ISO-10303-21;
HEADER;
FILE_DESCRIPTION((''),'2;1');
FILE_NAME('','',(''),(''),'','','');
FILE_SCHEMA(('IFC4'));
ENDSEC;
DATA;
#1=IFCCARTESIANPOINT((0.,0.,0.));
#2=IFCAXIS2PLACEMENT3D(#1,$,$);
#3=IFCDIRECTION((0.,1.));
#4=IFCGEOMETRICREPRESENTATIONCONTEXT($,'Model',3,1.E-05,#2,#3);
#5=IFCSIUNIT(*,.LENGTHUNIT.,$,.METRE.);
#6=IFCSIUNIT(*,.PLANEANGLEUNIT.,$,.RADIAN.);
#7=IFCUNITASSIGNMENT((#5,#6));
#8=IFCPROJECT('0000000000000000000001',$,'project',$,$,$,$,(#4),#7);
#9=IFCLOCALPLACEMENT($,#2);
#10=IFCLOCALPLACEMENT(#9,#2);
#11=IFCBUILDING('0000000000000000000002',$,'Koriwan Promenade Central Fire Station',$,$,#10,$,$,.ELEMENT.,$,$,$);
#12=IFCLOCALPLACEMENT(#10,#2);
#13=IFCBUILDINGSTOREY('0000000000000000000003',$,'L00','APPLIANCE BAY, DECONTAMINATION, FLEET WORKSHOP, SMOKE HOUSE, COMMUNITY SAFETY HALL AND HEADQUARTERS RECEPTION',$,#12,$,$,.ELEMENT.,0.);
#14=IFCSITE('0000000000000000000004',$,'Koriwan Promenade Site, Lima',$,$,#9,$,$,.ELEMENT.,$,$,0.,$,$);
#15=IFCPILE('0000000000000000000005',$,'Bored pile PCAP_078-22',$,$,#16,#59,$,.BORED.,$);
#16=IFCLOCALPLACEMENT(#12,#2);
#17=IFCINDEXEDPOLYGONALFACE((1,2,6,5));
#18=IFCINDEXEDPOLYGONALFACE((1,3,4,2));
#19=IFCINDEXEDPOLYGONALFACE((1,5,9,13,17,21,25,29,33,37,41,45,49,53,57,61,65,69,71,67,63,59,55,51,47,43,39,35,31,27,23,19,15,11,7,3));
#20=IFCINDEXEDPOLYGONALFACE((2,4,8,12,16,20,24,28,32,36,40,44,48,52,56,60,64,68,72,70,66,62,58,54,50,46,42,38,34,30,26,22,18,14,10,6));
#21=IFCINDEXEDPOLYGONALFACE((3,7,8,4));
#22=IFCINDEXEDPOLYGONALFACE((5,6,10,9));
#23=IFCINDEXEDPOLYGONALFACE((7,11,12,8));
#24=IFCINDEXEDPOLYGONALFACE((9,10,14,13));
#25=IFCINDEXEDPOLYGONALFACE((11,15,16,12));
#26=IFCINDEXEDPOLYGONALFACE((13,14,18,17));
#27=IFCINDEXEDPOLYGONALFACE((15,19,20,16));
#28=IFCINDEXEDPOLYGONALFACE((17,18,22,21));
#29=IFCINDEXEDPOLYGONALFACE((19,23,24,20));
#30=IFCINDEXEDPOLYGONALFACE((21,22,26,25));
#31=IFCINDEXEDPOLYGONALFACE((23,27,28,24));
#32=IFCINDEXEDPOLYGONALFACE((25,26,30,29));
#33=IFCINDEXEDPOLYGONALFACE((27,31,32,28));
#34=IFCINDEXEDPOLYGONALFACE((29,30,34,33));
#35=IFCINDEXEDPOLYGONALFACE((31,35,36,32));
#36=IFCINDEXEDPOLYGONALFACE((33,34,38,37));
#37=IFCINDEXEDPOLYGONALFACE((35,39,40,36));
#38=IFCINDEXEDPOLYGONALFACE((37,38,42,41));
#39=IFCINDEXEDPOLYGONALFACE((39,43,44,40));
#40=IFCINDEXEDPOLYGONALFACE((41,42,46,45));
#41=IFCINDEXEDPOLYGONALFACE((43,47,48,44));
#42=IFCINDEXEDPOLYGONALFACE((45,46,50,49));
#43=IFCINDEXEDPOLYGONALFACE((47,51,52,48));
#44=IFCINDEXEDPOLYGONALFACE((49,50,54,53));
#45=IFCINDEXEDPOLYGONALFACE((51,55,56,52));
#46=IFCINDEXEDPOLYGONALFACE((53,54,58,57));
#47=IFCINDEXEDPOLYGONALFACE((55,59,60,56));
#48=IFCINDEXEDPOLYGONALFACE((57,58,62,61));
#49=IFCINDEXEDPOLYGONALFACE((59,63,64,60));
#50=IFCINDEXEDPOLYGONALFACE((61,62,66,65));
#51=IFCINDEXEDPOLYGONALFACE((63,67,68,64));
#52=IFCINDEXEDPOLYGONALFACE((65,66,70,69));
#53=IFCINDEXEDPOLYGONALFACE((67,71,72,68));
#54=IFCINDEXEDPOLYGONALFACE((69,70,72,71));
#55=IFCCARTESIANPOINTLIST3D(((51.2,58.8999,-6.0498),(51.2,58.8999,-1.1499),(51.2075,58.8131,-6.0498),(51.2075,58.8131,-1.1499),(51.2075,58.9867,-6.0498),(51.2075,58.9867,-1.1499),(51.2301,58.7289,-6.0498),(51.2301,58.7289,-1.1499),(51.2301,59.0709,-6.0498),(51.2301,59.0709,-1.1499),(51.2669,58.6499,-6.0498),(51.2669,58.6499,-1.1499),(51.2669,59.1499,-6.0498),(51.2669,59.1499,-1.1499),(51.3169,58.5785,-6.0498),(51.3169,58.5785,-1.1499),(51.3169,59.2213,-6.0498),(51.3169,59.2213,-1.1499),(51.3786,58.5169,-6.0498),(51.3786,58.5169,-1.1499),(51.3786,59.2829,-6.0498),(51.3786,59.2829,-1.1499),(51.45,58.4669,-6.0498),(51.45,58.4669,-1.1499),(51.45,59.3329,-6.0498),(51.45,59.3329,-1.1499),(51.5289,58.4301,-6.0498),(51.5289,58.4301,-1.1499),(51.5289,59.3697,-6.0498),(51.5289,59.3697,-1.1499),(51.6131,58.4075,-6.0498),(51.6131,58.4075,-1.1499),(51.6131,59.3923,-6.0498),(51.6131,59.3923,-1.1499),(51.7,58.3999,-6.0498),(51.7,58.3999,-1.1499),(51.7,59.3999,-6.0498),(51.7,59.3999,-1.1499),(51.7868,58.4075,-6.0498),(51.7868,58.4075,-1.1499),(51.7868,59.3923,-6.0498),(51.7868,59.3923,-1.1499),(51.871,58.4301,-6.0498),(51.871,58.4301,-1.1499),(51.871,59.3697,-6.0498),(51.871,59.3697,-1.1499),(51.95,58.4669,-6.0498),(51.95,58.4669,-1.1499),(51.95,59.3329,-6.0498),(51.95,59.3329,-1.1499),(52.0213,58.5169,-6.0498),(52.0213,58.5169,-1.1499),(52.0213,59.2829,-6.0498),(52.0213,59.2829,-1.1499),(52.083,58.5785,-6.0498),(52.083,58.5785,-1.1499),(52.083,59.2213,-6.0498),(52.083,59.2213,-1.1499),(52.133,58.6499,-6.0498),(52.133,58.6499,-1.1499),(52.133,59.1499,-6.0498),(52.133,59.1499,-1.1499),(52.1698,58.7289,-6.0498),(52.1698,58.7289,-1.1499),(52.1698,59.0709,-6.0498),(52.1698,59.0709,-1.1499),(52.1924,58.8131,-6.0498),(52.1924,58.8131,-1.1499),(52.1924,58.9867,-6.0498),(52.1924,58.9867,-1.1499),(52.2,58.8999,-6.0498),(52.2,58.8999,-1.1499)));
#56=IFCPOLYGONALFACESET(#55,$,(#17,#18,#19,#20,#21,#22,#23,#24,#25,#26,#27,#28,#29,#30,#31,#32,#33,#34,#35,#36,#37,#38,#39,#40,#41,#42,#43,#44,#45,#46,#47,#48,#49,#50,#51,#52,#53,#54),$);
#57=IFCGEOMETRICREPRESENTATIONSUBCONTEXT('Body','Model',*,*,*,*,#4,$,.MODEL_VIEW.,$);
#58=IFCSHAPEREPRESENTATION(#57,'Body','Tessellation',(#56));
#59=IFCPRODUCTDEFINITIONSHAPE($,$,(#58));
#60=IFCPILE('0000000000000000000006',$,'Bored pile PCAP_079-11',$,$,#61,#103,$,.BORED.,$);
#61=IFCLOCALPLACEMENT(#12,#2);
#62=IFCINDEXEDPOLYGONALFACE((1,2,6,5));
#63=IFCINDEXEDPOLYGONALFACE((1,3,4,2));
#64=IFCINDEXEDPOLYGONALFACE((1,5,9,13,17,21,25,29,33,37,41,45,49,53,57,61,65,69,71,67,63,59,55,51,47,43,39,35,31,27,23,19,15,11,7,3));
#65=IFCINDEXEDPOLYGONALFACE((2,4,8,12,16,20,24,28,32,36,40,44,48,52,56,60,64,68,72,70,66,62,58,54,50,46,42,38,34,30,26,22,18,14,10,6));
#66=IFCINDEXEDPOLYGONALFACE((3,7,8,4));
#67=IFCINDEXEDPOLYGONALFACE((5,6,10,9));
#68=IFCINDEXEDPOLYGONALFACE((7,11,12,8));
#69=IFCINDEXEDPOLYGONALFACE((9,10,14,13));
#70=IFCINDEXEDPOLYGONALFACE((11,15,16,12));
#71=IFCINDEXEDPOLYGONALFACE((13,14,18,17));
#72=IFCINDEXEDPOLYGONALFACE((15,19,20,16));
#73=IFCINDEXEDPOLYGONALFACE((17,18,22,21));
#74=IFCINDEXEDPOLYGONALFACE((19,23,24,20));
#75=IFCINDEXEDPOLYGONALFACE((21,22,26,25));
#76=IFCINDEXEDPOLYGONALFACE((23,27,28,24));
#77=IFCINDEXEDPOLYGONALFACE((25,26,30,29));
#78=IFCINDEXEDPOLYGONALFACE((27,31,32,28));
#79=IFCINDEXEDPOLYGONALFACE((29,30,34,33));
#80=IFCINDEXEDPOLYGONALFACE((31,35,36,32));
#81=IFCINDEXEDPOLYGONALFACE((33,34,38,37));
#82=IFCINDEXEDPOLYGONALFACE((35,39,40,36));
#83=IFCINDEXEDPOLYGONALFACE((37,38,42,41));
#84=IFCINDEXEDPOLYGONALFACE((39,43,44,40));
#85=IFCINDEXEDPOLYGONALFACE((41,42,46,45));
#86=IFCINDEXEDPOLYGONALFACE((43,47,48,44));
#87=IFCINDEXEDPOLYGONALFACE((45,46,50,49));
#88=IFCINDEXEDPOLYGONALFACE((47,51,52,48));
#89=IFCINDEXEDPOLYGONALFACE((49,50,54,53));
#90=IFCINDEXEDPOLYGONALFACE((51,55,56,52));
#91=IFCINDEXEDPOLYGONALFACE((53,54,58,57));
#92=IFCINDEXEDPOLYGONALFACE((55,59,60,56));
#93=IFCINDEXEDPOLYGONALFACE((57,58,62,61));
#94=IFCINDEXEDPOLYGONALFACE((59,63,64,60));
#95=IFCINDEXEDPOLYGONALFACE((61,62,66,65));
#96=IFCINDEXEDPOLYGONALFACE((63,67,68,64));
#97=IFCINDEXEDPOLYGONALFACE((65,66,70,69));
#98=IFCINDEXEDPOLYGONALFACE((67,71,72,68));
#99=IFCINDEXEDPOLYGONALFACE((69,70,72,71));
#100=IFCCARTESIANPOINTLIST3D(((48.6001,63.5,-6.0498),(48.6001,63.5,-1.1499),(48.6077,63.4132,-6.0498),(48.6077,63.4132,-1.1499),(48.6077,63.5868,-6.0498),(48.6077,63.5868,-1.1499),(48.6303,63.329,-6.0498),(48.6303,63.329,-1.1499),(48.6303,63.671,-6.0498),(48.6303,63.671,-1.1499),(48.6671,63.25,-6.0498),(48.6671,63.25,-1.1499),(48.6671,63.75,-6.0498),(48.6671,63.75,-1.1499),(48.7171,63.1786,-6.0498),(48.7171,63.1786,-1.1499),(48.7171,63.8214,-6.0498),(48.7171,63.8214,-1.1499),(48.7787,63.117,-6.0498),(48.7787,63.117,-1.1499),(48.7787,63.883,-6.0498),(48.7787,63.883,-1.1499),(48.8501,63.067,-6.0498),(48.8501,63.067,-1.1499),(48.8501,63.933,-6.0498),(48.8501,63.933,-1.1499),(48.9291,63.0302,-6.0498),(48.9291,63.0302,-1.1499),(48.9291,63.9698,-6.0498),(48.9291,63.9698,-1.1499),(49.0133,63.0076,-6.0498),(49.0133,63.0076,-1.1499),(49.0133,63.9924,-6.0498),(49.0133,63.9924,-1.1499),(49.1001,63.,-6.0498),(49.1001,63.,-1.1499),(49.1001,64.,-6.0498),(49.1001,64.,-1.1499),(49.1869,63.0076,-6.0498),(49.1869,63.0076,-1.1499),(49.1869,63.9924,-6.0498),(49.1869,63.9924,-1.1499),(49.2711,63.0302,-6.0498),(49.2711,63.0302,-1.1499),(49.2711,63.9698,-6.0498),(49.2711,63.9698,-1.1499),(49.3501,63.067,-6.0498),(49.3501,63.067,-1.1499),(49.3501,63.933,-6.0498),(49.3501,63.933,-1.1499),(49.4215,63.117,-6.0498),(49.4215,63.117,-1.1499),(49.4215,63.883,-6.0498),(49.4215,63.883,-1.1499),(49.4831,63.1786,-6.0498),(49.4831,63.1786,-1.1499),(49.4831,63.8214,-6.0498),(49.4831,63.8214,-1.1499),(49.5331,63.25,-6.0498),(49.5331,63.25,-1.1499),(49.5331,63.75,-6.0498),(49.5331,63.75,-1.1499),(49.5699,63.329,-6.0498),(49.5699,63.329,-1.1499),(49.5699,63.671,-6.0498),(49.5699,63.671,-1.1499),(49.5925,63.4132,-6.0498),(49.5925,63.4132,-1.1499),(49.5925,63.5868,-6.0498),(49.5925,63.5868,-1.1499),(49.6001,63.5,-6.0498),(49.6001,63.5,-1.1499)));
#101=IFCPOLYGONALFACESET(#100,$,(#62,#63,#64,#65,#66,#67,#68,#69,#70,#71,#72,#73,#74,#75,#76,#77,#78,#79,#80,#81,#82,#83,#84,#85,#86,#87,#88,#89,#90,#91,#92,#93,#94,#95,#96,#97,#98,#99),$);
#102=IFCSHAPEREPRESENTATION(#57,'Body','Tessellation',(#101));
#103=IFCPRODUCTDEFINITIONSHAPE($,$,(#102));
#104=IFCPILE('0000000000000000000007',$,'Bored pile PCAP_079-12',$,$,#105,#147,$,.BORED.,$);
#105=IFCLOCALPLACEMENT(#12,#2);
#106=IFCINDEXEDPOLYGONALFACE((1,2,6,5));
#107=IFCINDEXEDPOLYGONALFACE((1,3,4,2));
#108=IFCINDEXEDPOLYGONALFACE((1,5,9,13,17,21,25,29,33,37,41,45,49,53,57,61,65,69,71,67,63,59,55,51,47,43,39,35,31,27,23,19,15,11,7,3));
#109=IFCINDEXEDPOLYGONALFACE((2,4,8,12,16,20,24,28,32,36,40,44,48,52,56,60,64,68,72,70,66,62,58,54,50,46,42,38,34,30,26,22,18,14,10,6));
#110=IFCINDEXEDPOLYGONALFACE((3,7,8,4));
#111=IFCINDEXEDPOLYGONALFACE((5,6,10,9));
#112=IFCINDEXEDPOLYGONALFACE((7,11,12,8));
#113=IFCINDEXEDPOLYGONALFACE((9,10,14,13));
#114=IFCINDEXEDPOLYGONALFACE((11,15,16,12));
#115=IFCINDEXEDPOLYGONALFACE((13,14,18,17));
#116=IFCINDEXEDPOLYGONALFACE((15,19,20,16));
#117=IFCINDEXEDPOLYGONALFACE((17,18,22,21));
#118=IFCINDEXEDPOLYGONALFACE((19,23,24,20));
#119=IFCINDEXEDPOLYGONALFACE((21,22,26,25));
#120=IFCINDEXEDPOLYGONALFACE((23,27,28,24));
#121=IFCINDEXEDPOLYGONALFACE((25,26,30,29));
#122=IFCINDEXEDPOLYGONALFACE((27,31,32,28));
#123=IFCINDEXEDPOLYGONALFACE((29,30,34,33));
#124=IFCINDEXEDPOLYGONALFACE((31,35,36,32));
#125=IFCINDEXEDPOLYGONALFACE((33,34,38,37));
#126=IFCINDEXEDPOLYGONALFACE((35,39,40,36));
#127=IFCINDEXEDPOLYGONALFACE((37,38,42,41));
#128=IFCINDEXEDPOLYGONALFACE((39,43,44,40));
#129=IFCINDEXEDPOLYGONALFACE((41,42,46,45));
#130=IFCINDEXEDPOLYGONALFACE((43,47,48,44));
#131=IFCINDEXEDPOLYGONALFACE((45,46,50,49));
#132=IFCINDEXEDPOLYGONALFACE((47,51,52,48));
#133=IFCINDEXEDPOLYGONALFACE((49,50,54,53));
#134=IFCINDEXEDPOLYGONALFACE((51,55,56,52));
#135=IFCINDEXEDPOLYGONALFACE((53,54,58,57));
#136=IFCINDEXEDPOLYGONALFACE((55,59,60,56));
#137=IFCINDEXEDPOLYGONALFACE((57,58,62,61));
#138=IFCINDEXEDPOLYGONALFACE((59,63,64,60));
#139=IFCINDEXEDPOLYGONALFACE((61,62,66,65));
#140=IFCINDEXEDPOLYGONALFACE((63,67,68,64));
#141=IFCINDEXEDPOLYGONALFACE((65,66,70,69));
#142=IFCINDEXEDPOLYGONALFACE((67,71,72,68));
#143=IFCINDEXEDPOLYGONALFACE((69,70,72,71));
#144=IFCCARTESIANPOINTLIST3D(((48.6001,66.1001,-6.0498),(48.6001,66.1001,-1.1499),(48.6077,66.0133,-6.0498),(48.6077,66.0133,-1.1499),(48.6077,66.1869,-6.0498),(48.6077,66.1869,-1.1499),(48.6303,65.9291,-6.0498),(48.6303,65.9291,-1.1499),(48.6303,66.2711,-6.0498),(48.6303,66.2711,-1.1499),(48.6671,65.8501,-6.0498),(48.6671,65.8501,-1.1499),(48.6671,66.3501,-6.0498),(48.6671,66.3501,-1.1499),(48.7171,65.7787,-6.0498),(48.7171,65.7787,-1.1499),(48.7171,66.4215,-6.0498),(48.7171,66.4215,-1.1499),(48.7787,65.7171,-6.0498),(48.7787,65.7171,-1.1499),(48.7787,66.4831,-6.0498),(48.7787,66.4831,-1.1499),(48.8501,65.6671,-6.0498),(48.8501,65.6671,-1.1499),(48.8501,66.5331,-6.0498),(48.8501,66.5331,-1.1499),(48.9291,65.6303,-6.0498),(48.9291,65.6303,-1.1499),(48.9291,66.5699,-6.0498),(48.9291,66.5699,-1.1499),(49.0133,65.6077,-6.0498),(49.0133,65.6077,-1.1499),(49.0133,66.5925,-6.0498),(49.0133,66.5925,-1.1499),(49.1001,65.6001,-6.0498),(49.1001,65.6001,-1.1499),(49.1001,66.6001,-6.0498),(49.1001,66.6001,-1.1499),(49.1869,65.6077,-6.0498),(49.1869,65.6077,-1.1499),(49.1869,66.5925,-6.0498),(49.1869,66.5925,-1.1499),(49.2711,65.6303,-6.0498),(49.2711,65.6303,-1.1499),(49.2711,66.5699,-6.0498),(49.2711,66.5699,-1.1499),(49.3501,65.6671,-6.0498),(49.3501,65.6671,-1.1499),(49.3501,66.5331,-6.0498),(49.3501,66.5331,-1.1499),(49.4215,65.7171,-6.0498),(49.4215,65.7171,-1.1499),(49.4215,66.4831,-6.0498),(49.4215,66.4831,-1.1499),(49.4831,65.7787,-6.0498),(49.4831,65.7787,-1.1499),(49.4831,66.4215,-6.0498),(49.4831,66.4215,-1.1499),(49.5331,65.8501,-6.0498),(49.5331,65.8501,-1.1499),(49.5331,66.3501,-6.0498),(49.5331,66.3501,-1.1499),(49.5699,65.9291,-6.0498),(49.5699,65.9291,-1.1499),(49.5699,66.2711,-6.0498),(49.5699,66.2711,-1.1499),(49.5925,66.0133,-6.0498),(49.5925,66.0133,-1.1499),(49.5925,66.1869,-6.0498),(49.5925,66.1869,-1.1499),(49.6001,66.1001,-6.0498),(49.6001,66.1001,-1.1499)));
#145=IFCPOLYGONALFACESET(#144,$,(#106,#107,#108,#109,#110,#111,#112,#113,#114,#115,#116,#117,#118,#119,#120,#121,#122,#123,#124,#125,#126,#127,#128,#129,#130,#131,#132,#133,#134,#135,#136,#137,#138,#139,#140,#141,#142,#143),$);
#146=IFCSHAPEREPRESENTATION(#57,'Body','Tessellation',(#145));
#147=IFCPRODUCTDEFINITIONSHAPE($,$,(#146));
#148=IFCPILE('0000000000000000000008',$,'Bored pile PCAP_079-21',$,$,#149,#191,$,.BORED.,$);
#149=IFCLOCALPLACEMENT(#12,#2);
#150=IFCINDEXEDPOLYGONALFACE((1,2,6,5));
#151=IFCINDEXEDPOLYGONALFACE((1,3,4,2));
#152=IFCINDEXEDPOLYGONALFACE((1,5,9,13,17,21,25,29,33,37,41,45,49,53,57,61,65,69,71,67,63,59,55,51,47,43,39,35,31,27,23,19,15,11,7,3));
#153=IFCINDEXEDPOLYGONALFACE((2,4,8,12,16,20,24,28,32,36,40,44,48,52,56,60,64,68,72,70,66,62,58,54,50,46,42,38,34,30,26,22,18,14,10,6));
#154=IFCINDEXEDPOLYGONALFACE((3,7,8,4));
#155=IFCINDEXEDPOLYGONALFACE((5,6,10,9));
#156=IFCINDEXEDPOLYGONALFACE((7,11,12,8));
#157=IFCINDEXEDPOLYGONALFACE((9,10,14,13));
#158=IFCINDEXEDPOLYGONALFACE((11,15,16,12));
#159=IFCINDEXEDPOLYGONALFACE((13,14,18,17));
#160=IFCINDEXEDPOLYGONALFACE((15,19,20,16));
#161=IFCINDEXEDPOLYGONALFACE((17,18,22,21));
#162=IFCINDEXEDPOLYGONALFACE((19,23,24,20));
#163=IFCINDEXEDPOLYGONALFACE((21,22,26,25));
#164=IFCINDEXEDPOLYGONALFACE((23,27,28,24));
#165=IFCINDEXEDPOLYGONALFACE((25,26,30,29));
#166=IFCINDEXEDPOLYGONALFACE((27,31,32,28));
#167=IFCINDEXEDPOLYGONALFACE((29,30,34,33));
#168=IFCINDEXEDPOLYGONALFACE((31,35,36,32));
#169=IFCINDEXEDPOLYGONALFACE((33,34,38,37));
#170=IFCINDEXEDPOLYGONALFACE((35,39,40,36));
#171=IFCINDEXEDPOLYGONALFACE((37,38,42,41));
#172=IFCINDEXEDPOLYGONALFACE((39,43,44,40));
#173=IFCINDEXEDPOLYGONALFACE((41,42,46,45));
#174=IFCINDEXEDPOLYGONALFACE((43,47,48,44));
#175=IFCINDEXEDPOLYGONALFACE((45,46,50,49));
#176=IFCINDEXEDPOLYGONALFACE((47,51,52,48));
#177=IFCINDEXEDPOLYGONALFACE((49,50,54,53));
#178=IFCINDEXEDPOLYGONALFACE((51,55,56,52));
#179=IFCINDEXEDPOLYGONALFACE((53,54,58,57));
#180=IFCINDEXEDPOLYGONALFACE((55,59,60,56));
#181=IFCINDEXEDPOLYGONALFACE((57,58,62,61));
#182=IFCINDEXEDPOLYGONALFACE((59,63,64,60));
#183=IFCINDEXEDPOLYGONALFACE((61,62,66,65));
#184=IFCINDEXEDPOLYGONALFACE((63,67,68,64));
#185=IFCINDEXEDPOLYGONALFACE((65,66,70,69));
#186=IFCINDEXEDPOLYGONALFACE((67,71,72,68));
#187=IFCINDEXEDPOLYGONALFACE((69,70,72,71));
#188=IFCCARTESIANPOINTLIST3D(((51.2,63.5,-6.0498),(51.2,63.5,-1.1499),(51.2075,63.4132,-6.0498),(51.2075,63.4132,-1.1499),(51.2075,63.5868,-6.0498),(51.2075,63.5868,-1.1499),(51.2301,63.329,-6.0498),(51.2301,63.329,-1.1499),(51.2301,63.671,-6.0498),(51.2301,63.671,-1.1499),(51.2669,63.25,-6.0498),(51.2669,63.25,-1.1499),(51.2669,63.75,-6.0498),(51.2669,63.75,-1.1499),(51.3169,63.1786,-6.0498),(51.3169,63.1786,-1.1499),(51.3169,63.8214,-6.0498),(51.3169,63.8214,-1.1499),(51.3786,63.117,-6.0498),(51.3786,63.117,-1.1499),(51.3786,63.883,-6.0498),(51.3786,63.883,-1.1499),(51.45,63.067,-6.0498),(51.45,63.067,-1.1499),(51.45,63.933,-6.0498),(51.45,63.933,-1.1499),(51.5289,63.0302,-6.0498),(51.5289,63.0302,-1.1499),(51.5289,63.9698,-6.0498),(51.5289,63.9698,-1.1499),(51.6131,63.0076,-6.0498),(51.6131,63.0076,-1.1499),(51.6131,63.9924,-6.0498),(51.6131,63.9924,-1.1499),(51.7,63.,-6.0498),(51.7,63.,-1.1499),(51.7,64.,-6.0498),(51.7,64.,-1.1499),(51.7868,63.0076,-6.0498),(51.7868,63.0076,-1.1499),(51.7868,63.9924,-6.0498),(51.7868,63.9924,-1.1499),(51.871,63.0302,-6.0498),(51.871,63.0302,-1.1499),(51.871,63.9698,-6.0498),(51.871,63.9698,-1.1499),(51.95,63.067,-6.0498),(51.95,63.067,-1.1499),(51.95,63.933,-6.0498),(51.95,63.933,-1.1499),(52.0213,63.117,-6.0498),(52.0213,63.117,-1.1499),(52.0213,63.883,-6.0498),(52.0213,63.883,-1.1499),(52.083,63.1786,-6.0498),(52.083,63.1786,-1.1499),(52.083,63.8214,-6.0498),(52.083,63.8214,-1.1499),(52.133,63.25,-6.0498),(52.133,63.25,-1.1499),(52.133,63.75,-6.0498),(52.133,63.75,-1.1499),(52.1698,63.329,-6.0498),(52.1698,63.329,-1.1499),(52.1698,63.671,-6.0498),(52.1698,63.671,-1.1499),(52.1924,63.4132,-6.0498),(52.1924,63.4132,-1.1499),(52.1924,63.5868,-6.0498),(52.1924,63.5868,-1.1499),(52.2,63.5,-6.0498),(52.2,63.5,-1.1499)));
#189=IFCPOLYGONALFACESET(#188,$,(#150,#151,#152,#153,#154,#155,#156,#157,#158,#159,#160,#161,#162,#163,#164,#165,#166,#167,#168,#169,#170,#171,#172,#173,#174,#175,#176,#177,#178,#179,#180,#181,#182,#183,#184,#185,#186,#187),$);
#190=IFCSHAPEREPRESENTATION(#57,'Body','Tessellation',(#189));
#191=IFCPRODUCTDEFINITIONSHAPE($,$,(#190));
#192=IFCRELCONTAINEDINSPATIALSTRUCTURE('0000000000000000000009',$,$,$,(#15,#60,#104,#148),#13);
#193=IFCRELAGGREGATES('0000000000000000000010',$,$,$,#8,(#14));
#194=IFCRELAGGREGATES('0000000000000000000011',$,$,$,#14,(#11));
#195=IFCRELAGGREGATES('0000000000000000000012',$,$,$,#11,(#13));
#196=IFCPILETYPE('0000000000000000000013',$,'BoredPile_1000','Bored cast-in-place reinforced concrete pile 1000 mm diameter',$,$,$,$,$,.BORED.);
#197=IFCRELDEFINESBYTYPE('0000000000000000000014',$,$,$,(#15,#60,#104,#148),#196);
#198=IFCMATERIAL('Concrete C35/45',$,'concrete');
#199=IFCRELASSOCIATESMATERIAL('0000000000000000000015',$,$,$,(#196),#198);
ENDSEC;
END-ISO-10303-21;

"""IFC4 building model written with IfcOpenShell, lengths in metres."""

from ifc_helpers import new_model, si_unit, direction, frame, origin, origin_2d, place, context, subcontext, project, spatial, circle, extrude, material, material_profile, profile_set, type_object, element, save


model = new_model("IFC4")

# Units and contexts
model_context = context("Model", 3, precision=1e-05, world=origin(), true_north=direction((0.0, 1.0)))
body_context = subcontext(model_context, "Body", "Model", "MODEL_VIEW")
ifc_project = project(units=[si_unit("LENGTHUNIT", "METRE"), si_unit("PLANEANGLEUNIT", "RADIAN")], contexts=[model_context])

# Site, building, storey
site_placement = place(None, origin())
site = spatial("IfcSite", under=ifc_project, at=site_placement, Name="Koriwan Promenade Site, Lima", CompositionType="ELEMENT", RefElevation=0.0)
building_placement = place(site_placement, origin())
building = spatial("IfcBuilding", under=site, at=building_placement, Name="Koriwan Promenade Central Fire Station", CompositionType="ELEMENT")
storey_placement = place(building_placement, origin())
storey = spatial("IfcBuildingStorey", under=building, at=storey_placement, Name="L00", Description="APPLIANCE BAY, DECONTAMINATION, FLEET WORKSHOP, SMOKE HOUSE, COMMUNITY SAFETY HALL AND HEADQUARTERS RECEPTION", CompositionType="ELEMENT", Elevation=0.0)

# Piles
ifc_material_1 = material(Name="Concrete C35/45", Category="concrete")
ifc_material_profile_1 = material_profile(ifc_material_1, circle(Radius=0.5, at=origin_2d()), Name="PILE-D1000")
ifc_profile_set_1 = profile_set([ifc_material_profile_1], Name="Concrete C35/45")
pile_type = type_object("IfcPileType", Name="BoredPile_1000", Description="Bored cast-in-place reinforced concrete pile 1000 mm diameter", PredefinedType="BORED", material=ifc_profile_set_1)
for number, where, z_axis, x_axis, name in (
    (1, (51.7, 58.8999, -1.1499), (0.0, 0.0, -1.0), (1.0, 0.0, 0.0), "Bored pile PCAP_078-22"),
    (2, (49.1001, 63.5, -1.1499), (0.0, 0.0, -1.0), (1.0, 0.0, 0.0), "Bored pile PCAP_079-11"),
    (3, (49.1001, 66.1001, -1.1499), (0.0, 0.0, -1.0), (1.0, 0.0, 0.0), "Bored pile PCAP_079-12"),
    (4, (51.7, 63.5, -1.1499), (0.0, 0.0, -1.0), (1.0, 0.0, 0.0), "Bored pile PCAP_079-21"),
):
    element("IfcPile", number, at=place(storey_placement, frame(where, z_axis=z_axis, x_axis=x_axis)), inside=storey, type_object=pile_type, Name=name, PredefinedType="BORED", context=body_context, shape_type="SweptSolid", body=[
        extrude(circle(Radius=0.5, at=origin_2d()), origin(), (0.0, 0.0, 1.0), 4.8999),
    ])

save(model, "model.ifc")
